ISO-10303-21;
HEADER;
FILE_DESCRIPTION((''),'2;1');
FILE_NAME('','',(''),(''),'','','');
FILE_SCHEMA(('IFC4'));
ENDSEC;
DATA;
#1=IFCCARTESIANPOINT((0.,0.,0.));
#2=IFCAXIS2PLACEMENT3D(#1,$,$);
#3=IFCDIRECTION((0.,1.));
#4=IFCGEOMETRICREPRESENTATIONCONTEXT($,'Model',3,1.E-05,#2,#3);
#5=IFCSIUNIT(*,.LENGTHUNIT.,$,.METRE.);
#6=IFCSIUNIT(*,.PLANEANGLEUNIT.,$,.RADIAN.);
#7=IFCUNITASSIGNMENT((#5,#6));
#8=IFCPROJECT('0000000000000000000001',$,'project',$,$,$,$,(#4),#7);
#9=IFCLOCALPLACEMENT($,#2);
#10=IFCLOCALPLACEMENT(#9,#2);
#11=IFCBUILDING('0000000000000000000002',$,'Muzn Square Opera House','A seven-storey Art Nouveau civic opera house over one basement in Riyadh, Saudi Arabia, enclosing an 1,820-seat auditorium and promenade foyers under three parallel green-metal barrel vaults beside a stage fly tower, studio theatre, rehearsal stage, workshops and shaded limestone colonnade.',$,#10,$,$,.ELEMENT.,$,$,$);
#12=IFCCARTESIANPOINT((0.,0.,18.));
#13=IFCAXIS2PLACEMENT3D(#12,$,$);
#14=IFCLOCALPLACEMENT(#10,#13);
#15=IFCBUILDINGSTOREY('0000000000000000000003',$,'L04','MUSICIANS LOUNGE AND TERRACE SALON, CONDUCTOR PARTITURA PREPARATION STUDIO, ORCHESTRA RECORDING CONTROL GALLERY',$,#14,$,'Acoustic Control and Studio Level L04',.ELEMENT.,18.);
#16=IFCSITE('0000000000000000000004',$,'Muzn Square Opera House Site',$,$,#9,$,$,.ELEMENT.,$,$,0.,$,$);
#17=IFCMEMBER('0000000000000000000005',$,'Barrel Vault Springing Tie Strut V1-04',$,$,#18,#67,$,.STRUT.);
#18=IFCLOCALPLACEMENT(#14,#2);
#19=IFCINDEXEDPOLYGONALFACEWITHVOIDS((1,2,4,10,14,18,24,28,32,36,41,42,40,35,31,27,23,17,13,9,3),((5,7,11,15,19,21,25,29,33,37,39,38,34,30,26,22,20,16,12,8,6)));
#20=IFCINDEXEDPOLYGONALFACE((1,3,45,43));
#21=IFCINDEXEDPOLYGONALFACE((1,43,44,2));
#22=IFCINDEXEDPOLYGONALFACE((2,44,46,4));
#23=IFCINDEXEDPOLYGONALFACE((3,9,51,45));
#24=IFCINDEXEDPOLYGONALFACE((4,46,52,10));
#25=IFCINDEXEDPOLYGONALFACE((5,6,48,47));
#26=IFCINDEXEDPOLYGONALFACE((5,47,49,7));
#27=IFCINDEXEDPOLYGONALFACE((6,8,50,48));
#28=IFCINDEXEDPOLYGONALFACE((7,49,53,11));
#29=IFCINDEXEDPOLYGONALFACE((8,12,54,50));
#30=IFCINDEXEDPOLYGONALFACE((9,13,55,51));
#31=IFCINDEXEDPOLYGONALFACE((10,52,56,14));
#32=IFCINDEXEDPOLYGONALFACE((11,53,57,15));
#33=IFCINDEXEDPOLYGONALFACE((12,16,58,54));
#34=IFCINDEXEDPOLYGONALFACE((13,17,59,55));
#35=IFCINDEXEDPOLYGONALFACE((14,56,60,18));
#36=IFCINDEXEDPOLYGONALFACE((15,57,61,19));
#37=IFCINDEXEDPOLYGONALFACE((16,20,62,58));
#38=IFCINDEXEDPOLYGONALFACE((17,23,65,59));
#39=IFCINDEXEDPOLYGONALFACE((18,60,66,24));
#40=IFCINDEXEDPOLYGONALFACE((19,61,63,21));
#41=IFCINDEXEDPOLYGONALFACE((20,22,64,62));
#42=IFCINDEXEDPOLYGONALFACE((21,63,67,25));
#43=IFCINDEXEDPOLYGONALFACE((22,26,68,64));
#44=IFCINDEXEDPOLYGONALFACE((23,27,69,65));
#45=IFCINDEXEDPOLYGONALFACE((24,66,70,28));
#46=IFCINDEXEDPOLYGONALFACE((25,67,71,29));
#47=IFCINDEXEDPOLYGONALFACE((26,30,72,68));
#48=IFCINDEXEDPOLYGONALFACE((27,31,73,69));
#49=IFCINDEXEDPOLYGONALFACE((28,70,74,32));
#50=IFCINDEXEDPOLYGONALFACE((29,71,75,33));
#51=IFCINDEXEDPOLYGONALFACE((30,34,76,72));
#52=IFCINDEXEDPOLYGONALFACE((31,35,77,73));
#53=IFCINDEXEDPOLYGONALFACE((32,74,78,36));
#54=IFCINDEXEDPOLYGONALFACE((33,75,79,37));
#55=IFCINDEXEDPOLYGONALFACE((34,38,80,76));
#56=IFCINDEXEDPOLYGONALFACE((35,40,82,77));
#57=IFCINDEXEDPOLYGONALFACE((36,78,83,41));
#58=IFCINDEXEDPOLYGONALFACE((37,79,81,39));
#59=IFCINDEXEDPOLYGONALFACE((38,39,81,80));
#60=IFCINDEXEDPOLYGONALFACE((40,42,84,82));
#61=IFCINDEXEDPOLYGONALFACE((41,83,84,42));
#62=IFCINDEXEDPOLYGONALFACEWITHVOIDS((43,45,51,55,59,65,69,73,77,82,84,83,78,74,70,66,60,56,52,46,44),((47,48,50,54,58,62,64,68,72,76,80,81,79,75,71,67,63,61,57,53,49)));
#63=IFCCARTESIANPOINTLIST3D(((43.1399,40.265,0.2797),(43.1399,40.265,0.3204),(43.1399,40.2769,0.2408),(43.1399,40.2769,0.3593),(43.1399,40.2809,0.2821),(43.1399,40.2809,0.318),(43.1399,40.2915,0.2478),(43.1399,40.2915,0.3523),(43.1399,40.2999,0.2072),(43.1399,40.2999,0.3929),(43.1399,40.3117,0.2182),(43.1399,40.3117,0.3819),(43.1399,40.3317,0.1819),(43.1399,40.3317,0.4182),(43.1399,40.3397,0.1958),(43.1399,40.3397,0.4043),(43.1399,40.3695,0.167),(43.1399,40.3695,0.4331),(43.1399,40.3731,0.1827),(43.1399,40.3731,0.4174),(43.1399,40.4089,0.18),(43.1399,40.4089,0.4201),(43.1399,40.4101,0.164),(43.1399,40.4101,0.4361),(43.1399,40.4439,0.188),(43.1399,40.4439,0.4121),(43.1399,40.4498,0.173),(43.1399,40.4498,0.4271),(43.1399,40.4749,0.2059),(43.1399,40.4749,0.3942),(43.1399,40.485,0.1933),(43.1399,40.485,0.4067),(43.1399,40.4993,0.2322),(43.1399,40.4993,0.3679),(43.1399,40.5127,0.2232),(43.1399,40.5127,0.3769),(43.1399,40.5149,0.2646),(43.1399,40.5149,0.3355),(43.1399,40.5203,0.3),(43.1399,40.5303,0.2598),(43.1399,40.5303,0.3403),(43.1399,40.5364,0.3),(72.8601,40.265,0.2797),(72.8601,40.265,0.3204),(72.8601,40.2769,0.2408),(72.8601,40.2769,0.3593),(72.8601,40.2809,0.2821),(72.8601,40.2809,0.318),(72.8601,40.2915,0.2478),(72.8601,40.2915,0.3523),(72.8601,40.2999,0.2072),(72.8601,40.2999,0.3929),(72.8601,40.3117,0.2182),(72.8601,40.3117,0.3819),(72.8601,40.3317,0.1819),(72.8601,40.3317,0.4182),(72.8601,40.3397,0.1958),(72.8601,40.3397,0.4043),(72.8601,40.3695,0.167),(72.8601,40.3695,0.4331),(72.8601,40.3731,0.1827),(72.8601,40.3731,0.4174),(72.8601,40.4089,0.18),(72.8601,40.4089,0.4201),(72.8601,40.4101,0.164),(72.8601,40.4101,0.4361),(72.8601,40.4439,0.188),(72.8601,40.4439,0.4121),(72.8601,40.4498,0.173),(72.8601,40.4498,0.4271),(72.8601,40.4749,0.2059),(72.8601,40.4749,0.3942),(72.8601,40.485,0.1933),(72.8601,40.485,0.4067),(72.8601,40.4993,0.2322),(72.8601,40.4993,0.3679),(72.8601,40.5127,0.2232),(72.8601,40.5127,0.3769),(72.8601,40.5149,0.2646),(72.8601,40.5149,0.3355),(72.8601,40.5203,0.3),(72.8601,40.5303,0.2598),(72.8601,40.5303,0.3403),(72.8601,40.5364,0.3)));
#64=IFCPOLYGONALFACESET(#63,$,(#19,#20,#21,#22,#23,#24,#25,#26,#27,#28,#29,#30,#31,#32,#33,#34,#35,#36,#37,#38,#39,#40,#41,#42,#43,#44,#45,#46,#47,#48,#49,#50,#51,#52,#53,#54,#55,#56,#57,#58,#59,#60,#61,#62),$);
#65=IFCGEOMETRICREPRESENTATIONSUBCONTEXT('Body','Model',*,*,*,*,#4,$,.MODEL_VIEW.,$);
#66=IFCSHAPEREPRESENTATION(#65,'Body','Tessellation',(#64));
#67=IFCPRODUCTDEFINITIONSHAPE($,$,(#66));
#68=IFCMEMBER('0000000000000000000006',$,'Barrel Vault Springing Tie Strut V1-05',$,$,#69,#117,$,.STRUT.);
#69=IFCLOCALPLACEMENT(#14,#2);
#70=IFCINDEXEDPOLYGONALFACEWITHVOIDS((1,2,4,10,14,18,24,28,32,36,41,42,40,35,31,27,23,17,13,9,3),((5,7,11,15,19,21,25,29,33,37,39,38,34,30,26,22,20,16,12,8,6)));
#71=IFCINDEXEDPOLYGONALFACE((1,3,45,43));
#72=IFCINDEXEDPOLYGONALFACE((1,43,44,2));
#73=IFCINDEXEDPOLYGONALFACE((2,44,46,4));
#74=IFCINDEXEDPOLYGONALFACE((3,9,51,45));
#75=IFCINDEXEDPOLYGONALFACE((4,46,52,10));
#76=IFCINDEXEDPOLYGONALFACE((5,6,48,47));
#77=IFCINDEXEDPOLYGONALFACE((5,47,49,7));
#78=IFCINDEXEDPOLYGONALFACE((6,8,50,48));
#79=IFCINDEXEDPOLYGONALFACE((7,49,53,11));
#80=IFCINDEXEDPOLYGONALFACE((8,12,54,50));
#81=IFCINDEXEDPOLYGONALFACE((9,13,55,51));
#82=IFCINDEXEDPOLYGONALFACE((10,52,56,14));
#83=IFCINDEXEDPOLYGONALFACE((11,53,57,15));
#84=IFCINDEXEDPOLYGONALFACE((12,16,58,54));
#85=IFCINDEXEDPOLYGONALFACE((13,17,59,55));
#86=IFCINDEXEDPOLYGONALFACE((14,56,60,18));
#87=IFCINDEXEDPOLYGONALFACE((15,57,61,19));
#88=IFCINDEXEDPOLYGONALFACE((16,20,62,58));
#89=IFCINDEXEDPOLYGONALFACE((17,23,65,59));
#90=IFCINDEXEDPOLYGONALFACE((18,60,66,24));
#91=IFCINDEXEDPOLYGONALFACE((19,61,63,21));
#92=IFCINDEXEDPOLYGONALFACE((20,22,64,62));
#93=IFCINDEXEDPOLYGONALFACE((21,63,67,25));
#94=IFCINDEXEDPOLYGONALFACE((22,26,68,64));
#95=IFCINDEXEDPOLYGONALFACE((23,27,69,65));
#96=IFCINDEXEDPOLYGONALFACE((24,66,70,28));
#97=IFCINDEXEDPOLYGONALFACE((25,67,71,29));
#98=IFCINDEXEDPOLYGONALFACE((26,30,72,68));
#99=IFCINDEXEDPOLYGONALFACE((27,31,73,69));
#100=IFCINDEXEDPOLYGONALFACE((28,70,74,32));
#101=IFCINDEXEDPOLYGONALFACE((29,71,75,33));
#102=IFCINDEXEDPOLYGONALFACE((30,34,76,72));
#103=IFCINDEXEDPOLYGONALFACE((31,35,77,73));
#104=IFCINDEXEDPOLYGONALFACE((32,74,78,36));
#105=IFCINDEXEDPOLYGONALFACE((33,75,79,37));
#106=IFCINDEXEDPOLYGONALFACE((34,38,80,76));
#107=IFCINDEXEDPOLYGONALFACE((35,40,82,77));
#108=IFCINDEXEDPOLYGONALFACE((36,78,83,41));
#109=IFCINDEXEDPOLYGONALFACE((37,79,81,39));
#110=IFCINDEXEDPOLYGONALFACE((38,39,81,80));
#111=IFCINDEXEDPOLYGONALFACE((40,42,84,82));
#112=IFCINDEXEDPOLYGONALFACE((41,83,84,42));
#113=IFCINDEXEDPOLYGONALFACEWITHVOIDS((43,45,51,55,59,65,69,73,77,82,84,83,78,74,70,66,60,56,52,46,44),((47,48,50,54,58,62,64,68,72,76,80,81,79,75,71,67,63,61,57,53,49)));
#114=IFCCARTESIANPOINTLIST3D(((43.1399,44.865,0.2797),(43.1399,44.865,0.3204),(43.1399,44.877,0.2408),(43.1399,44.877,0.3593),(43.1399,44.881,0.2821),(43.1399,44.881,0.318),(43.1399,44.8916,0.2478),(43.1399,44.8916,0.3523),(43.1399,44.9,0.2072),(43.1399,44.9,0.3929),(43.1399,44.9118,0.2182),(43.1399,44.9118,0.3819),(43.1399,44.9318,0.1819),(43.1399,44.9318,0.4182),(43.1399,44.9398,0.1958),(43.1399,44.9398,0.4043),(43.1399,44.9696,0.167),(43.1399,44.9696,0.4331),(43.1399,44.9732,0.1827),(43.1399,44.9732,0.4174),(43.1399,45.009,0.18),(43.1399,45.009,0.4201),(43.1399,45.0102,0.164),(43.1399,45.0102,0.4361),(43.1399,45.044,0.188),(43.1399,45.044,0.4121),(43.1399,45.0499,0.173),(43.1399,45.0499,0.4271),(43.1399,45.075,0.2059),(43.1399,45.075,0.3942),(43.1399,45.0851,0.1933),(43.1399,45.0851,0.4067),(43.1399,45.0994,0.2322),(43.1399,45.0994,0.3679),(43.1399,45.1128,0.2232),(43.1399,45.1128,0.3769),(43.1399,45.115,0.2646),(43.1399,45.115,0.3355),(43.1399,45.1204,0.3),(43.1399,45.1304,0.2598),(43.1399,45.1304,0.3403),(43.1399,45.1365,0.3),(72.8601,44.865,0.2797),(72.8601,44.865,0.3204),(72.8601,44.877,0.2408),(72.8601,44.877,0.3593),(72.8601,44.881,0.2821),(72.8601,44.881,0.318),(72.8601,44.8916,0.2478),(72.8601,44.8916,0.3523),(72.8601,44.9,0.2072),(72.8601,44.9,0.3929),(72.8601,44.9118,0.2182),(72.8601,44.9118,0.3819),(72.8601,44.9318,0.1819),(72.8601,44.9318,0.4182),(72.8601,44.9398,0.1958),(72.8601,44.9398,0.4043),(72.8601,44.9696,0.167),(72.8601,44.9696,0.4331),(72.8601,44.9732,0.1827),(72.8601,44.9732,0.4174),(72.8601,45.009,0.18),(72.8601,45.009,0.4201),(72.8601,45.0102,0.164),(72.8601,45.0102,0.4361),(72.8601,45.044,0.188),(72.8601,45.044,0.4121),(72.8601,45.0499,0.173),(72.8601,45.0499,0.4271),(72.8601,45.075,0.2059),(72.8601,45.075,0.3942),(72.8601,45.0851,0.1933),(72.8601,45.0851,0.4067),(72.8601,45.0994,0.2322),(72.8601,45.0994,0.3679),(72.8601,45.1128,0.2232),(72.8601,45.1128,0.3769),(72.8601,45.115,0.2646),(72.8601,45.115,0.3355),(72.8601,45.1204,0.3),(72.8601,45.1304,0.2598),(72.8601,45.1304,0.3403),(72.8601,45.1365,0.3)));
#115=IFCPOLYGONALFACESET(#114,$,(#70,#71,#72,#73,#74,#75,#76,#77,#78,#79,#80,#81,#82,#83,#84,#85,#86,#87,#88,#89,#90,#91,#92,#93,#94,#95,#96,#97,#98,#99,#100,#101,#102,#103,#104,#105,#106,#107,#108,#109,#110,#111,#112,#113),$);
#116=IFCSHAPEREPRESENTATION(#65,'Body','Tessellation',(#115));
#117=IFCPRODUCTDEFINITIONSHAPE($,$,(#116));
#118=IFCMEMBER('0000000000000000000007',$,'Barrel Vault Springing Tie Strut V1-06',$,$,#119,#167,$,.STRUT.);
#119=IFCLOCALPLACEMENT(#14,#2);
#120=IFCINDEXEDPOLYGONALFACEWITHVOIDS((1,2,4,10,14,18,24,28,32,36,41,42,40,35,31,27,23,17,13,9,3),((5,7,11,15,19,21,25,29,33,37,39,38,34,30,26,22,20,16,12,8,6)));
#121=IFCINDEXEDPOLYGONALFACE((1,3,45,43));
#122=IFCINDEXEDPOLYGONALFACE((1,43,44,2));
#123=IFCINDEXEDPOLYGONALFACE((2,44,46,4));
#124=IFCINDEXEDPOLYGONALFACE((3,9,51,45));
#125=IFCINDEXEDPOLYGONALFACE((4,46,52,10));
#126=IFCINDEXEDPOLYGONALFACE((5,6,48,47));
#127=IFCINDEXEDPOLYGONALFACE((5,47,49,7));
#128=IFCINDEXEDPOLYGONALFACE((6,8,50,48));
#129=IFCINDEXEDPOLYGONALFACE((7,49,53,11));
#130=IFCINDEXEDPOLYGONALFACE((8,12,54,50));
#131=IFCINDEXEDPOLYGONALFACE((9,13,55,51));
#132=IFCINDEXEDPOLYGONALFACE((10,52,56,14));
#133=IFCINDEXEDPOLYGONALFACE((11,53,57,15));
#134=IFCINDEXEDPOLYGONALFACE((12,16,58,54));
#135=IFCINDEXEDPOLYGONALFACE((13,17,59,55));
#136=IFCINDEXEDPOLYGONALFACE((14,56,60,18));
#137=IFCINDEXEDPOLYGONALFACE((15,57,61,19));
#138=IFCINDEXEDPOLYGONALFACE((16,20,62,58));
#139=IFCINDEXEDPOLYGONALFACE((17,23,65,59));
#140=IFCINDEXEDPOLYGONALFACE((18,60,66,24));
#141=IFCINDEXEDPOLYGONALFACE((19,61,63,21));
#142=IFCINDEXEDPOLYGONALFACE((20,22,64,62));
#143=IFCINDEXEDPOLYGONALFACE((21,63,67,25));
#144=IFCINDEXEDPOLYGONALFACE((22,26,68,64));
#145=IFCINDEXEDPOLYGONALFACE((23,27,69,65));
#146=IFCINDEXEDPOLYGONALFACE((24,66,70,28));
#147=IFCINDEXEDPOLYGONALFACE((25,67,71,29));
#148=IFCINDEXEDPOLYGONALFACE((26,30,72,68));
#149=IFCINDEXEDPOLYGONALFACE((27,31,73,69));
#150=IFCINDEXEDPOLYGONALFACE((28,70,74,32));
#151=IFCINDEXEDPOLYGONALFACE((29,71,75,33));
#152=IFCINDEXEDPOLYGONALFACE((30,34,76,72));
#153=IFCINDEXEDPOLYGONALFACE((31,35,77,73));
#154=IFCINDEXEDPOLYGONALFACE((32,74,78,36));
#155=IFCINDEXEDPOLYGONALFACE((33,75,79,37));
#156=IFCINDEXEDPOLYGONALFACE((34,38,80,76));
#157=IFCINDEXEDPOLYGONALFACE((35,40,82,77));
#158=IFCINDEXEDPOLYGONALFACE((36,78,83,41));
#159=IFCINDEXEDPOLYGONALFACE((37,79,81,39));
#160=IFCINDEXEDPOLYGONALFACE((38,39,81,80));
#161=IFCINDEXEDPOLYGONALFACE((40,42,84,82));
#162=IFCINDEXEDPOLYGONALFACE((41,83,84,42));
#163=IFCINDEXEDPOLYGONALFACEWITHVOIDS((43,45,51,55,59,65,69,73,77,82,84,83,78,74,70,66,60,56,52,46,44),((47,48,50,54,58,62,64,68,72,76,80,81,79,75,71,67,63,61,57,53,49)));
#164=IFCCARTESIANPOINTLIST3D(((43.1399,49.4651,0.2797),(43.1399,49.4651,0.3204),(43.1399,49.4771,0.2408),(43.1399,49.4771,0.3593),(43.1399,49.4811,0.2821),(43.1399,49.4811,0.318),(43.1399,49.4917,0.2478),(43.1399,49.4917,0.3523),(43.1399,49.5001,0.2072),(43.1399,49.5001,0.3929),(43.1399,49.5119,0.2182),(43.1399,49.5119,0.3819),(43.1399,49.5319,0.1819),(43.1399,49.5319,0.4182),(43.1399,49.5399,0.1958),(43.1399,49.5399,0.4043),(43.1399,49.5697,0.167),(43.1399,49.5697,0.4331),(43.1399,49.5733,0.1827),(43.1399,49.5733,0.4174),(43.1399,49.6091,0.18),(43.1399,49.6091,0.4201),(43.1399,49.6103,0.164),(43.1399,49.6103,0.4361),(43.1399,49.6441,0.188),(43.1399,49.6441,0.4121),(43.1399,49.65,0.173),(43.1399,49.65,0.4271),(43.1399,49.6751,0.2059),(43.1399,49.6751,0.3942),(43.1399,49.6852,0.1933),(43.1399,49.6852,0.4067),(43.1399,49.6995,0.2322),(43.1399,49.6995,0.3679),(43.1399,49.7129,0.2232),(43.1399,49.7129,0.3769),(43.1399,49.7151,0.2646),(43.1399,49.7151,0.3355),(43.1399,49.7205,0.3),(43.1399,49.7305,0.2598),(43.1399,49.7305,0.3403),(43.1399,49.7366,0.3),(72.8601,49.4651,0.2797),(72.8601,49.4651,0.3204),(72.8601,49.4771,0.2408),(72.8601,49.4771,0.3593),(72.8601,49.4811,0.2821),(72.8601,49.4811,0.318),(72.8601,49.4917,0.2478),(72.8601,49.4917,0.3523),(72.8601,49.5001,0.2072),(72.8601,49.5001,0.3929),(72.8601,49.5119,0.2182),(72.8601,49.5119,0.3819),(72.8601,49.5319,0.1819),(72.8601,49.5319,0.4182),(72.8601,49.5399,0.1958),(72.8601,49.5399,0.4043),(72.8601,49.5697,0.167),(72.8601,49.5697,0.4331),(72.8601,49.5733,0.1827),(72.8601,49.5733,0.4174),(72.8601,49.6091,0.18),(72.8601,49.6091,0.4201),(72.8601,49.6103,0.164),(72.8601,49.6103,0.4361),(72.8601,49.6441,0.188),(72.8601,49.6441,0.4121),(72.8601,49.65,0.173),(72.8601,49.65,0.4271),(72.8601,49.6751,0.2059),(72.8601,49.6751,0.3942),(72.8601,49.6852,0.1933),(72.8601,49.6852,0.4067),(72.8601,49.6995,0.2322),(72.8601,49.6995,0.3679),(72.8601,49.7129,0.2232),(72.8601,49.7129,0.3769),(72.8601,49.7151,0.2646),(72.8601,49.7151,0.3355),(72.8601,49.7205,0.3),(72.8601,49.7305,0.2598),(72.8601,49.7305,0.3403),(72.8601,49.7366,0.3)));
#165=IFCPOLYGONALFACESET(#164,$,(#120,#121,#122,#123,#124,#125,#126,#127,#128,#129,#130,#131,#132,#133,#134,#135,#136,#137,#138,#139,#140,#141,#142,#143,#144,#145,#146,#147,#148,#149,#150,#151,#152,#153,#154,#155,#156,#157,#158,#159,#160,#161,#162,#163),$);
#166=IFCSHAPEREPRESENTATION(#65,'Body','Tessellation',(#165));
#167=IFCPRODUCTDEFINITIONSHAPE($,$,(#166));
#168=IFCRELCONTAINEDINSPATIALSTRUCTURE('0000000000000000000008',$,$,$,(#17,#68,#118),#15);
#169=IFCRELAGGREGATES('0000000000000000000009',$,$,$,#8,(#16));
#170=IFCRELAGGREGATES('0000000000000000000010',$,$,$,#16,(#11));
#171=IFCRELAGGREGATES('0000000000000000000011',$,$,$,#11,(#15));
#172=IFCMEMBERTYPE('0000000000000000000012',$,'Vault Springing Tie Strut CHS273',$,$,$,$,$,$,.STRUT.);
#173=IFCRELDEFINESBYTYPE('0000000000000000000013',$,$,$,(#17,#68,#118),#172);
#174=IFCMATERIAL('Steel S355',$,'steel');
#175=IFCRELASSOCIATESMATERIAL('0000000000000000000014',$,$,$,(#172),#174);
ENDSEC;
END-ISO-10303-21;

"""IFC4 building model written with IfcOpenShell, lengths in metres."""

from ifc_helpers import new_model, si_unit, direction, frame, origin, origin_2d, place, context, subcontext, project, spatial, hollow_circle, extrude, material, material_profile, profile_set, type_object, element, save


model = new_model("IFC4")

# Units and contexts
model_context = context("Model", 3, precision=1e-05, world=origin(), true_north=direction((0.0, 1.0)))
body_context = subcontext(model_context, "Body", "Model", "MODEL_VIEW")
ifc_project = project(units=[si_unit("LENGTHUNIT", "METRE"), si_unit("PLANEANGLEUNIT", "RADIAN")], contexts=[model_context])

# Site, building, storey
site_placement = place(None, origin())
site = spatial("IfcSite", under=ifc_project, at=site_placement, Name="Muzn Square Opera House Site", CompositionType="ELEMENT", RefElevation=0.0)
building_placement = place(site_placement, origin())
building = spatial("IfcBuilding", under=site, at=building_placement, Name="Muzn Square Opera House", Description="A seven-storey Art Nouveau civic opera house over one basement in Riyadh, Saudi Arabia, enclosing an 1,820-seat auditorium and promenade foyers under three parallel green-metal barrel vaults beside a stage fly tower, studio theatre, rehearsal stage, workshops and shaded limestone colonnade.", CompositionType="ELEMENT")
storey_placement = place(building_placement, frame((0.0, 0.0, 18.0)))
storey = spatial("IfcBuildingStorey", under=building, at=storey_placement, Name="L04", Description="MUSICIANS LOUNGE AND TERRACE SALON, CONDUCTOR PARTITURA PREPARATION STUDIO, ORCHESTRA RECORDING CONTROL GALLERY", LongName="Acoustic Control and Studio Level L04", CompositionType="ELEMENT", Elevation=18.0)

# Shared definitions
ifc_material_1 = material(Name="Steel S355", Category="steel")

# Members
ifc_material_profile_1 = material_profile(ifc_material_1, hollow_circle(Radius=0.1365, WallThickness=0.0161, at=origin_2d()), Name="CHS 273x16", Category="steel")
ifc_profile_set_1 = profile_set([ifc_material_profile_1], Name="Steel S355")
member_type = type_object("IfcMemberType", Name="Vault Springing Tie Strut CHS273", PredefinedType="STRUT", material=ifc_profile_set_1)
for number, where, z_axis, x_axis, name in (
    (1, (43.1399, 40.3999, 0.3), (1.0, 0.0, 0.0), (0.0, 1.0, 0.0), "Barrel Vault Springing Tie Strut V1-04"),
    (2, (43.1399, 45.0, 0.3), (1.0, 0.0, 0.0), (0.0, 1.0, 0.0), "Barrel Vault Springing Tie Strut V1-05"),
    (3, (43.1399, 49.6001, 0.3), (1.0, 0.0, 0.0), (0.0, 1.0, 0.0), "Barrel Vault Springing Tie Strut V1-06"),
):
    element("IfcMember", number, at=place(storey_placement, frame(where, z_axis=z_axis, x_axis=x_axis)), inside=storey, type_object=member_type, Name=name, PredefinedType="STRUT", context=body_context, shape_type="SweptSolid", body=[
        extrude(hollow_circle(Radius=0.1365, WallThickness=0.0161, at=origin_2d()), origin(), (0.0, 0.0, 1.0), 29.7202),
    ])

save(model, "model.ifc")
